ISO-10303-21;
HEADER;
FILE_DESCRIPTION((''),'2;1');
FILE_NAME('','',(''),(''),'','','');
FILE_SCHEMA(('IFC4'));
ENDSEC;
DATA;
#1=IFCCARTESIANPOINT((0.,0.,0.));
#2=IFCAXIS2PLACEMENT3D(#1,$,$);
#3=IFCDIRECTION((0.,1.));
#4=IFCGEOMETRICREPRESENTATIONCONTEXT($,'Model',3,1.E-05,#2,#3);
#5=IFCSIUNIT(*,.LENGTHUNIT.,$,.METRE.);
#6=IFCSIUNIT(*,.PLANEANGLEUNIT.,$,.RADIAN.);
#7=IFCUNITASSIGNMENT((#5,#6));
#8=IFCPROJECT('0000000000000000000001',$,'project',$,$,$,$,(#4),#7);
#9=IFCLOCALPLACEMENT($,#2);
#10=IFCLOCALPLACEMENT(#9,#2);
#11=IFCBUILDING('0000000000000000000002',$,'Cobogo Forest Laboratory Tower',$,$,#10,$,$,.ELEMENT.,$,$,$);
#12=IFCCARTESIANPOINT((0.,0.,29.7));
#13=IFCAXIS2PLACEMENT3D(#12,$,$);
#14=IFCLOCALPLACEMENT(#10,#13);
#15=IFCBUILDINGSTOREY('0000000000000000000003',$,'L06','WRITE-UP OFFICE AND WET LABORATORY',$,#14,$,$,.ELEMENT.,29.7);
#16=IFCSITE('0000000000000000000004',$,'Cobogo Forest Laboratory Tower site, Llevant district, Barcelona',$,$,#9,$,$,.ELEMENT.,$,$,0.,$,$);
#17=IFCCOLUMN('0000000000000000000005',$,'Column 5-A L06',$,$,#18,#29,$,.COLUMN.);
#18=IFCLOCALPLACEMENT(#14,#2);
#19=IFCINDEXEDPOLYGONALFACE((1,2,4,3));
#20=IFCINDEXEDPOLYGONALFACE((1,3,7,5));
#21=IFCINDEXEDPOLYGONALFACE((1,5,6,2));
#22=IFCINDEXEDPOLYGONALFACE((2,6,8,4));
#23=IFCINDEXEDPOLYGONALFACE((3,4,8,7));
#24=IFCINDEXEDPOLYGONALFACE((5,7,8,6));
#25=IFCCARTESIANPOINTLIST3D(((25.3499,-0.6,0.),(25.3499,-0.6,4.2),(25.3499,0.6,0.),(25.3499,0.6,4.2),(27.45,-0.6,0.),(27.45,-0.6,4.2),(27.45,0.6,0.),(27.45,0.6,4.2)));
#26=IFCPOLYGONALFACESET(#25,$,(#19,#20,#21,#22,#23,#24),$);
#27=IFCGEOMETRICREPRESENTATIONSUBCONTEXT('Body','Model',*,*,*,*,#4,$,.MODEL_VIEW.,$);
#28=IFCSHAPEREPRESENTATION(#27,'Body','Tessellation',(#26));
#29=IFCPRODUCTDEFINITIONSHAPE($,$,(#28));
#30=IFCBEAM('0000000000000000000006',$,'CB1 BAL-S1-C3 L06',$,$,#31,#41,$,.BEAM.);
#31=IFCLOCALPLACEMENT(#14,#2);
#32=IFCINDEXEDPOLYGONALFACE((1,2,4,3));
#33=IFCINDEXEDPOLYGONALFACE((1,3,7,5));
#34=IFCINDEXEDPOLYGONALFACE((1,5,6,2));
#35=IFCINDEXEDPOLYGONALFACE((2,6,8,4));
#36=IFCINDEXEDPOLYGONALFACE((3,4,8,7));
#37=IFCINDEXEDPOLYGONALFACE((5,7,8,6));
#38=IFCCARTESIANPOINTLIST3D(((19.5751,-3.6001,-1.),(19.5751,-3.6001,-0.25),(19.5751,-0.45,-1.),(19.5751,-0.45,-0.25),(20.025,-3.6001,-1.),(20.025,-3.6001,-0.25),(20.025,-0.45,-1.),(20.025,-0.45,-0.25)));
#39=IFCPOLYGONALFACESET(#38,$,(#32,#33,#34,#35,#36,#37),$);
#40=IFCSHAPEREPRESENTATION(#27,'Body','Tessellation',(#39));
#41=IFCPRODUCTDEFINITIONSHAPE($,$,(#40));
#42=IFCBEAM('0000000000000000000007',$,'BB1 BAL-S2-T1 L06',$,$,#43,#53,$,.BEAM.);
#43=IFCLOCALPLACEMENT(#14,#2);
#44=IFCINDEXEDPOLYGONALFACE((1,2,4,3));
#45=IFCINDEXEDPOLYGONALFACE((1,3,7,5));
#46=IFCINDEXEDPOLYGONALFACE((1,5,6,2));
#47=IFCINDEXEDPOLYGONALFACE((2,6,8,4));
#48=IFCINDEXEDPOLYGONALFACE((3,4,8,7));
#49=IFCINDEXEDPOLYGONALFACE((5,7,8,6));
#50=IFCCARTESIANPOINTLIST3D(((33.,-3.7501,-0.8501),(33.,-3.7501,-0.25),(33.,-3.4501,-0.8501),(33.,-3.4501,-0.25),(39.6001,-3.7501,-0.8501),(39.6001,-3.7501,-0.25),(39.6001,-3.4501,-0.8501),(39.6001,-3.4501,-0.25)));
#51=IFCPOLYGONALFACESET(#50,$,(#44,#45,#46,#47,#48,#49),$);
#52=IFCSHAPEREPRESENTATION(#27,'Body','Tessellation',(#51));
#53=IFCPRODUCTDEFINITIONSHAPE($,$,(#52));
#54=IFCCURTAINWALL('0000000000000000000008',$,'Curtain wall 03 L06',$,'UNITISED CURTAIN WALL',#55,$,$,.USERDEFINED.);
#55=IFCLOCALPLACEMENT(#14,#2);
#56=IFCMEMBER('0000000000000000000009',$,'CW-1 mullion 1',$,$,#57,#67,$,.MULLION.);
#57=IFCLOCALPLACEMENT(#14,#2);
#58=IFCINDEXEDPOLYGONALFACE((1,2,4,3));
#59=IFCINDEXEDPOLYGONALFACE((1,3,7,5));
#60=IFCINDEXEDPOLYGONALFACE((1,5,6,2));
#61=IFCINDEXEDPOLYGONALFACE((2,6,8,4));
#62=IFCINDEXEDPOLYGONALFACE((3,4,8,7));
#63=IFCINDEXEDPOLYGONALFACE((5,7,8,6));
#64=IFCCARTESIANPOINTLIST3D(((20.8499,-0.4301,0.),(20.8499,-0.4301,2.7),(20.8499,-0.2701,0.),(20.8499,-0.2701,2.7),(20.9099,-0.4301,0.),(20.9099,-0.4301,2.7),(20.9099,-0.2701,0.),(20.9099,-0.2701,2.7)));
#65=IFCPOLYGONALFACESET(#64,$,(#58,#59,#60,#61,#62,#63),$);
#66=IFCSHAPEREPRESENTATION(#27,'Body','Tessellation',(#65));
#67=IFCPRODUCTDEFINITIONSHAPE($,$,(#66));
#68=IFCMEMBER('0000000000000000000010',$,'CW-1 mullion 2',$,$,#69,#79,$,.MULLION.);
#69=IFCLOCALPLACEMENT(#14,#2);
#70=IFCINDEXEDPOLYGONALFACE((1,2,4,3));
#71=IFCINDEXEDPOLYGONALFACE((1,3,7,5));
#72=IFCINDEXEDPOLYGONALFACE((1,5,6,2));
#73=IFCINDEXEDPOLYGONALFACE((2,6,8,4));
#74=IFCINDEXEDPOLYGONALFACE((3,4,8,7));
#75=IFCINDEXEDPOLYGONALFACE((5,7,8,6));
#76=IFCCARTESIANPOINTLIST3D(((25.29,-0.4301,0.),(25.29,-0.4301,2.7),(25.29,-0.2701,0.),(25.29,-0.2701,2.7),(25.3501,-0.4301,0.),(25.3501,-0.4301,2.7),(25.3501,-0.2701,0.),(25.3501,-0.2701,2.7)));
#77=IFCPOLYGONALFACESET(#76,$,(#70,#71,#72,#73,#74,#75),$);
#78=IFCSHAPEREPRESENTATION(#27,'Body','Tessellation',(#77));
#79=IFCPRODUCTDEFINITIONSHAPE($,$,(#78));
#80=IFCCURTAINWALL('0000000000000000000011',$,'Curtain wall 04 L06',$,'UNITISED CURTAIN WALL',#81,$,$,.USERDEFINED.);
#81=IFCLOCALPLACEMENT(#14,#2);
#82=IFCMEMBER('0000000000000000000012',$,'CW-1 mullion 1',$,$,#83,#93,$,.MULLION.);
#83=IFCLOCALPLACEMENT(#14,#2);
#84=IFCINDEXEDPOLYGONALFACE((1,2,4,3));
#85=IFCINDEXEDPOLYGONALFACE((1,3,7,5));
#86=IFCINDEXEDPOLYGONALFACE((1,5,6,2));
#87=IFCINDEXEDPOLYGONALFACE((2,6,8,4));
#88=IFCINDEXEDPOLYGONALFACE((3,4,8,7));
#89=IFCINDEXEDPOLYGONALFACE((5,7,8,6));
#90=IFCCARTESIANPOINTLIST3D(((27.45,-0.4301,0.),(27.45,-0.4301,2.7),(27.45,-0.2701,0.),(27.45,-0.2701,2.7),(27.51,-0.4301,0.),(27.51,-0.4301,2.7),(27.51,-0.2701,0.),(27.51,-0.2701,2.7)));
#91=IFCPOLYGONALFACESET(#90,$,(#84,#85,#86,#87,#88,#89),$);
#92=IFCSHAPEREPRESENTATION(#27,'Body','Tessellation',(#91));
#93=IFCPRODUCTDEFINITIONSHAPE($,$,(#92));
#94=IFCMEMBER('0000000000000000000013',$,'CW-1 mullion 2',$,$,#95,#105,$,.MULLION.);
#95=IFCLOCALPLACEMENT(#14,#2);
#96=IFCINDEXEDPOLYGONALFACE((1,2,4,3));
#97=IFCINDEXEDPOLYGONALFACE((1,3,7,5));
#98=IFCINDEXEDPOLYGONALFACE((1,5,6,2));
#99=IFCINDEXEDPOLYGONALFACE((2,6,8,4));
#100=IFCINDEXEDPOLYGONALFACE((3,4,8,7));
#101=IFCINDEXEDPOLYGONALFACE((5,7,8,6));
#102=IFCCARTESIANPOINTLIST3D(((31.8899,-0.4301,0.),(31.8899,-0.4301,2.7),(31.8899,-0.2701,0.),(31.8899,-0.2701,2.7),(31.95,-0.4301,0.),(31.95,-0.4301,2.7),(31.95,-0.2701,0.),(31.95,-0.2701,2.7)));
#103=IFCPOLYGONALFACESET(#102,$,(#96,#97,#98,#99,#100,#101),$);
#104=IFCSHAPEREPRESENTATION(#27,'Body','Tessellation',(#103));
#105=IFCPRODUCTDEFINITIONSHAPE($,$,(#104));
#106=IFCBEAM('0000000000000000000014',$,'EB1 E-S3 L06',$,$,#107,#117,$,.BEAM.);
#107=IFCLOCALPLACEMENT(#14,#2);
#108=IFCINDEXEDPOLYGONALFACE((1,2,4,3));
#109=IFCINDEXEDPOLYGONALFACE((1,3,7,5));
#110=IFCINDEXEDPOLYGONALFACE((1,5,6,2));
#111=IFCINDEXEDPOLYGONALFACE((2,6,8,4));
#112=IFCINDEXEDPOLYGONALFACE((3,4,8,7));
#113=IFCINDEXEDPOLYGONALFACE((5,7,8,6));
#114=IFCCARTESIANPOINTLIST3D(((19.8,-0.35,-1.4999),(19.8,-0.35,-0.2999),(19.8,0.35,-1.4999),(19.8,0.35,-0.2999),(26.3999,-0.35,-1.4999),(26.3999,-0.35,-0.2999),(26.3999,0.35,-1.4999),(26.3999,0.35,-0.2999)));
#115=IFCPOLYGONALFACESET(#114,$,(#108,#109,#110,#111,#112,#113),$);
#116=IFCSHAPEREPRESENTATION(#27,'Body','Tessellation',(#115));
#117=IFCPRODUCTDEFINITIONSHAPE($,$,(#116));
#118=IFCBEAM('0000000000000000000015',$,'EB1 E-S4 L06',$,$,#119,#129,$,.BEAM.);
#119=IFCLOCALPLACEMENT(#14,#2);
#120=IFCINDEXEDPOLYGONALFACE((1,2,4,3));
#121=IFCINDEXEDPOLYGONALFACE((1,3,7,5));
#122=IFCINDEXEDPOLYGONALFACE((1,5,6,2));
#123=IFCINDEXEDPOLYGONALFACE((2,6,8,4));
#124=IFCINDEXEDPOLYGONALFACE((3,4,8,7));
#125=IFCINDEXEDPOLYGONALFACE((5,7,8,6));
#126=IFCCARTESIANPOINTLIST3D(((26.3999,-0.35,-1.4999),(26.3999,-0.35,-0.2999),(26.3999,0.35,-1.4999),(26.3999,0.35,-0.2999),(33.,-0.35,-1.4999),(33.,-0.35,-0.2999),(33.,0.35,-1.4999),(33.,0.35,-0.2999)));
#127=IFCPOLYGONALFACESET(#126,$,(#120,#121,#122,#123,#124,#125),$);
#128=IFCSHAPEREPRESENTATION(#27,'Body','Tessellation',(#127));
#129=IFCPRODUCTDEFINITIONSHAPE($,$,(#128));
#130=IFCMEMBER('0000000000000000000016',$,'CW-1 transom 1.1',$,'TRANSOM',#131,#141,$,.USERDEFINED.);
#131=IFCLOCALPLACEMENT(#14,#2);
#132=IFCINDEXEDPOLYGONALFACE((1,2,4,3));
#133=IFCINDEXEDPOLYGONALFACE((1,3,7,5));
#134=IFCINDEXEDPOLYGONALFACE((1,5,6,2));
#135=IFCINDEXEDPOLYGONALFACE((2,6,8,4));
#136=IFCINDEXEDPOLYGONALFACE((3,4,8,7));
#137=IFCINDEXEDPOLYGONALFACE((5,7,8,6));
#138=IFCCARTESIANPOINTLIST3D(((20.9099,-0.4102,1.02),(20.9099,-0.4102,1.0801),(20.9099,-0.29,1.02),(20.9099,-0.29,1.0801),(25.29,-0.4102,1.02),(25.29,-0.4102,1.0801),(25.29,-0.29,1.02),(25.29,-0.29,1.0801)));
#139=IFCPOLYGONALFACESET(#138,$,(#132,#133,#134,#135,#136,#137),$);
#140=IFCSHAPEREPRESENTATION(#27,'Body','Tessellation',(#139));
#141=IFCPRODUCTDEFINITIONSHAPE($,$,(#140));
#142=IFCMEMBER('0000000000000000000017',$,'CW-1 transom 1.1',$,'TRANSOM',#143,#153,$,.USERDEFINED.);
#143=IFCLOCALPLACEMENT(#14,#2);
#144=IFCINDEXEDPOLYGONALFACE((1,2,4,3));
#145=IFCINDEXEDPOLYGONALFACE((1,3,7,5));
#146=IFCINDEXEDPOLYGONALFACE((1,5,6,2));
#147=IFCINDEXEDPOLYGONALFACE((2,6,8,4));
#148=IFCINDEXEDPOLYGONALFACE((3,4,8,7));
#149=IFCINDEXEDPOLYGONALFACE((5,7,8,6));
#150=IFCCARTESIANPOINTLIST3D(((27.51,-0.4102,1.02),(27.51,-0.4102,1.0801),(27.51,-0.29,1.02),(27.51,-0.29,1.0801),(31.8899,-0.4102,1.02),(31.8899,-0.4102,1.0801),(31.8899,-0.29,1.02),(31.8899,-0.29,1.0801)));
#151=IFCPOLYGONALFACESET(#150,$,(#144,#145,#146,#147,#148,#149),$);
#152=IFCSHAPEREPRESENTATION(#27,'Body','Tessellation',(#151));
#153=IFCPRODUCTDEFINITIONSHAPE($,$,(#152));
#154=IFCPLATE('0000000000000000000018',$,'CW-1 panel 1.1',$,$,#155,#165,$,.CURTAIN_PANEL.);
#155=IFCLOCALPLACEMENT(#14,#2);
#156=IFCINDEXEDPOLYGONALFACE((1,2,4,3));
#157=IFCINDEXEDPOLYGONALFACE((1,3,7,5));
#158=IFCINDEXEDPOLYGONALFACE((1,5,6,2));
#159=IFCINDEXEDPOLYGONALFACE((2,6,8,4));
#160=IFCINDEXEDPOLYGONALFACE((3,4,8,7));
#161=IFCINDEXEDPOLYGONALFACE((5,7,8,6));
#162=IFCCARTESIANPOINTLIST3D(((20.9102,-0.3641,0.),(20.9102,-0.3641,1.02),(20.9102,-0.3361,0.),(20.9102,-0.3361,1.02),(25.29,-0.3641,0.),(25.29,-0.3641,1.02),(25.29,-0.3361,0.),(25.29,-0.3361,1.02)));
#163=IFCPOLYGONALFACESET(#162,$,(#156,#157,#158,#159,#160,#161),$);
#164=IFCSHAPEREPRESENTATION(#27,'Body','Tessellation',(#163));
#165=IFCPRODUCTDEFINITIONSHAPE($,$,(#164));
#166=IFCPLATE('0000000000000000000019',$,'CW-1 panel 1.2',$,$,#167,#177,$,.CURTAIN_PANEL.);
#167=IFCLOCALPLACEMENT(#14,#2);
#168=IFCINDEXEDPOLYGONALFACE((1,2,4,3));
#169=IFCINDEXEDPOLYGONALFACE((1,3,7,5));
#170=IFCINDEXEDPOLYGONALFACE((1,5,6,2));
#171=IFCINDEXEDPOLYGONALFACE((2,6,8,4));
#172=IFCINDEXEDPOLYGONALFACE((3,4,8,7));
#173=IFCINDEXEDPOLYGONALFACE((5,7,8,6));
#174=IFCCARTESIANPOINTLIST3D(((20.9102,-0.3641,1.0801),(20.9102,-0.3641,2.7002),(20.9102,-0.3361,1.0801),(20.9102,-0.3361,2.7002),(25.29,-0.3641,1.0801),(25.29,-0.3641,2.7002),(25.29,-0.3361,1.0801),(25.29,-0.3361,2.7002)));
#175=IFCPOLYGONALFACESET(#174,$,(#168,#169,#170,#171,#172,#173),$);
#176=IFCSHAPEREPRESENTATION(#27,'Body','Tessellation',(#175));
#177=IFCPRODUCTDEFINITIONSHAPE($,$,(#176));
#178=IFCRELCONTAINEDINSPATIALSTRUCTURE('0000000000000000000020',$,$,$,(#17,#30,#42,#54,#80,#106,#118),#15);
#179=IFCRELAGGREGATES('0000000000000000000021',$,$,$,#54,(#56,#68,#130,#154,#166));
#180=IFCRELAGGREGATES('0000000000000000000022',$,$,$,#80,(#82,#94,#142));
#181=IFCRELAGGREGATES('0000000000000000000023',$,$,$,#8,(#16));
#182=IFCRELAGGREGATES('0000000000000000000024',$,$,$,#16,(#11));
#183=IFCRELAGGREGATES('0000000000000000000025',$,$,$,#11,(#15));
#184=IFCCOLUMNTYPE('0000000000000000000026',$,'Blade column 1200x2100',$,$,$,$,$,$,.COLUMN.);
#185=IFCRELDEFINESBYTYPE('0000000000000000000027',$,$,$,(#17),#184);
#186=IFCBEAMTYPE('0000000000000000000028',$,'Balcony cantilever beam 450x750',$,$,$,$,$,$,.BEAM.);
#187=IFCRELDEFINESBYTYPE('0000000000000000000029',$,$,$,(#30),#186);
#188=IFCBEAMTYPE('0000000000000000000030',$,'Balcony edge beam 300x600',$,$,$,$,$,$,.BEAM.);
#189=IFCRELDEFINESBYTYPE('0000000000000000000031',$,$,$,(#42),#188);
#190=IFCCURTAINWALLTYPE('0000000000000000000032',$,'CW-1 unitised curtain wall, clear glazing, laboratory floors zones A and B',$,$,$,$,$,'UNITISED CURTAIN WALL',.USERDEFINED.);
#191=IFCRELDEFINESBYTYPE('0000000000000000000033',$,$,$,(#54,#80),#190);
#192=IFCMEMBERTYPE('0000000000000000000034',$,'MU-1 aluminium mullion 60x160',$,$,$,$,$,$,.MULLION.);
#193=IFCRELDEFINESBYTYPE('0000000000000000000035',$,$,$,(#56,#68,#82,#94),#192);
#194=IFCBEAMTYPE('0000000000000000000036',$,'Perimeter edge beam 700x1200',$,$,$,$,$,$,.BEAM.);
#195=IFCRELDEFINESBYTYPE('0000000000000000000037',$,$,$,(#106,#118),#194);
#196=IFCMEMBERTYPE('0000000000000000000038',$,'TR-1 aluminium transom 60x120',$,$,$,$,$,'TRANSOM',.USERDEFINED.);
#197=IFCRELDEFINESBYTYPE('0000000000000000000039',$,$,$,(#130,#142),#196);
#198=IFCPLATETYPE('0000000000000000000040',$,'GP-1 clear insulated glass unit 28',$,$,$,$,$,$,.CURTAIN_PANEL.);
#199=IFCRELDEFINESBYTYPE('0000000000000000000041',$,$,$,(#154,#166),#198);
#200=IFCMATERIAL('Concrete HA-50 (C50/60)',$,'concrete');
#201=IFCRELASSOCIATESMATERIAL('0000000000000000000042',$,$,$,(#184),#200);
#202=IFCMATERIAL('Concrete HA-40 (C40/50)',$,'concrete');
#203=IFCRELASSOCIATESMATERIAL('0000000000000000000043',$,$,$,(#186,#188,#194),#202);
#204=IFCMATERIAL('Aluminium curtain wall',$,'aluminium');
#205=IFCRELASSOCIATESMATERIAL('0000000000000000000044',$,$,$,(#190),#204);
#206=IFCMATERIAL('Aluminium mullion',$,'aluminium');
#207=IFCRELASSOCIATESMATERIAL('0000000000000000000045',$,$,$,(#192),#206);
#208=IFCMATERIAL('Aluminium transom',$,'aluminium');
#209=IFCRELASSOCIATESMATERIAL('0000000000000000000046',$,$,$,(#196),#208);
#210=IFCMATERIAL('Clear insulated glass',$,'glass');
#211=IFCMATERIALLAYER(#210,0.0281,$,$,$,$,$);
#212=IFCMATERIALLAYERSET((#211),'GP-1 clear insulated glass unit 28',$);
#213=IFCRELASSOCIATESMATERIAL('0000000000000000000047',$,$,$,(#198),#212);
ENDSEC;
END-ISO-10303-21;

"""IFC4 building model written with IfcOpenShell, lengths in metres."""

from ifc_helpers import new_model, si_unit, direction, frame, origin, origin_2d, place, context, subcontext, project, spatial, rectangle, extrude, material, layer, layer_set, material_profile, profile_set, type_object, element, aggregate, save


model = new_model("IFC4")

# Units and contexts
model_context = context("Model", 3, precision=1e-05, world=origin(), true_north=direction((0.0, 1.0)))
body_context = subcontext(model_context, "Body", "Model", "MODEL_VIEW")
ifc_project = project(units=[si_unit("LENGTHUNIT", "METRE"), si_unit("PLANEANGLEUNIT", "RADIAN")], contexts=[model_context])

# Site, building, storey
site_placement = place(None, origin())
site = spatial("IfcSite", under=ifc_project, at=site_placement, Name="Cobogo Forest Laboratory Tower site, Llevant district, Barcelona", CompositionType="ELEMENT", RefElevation=0.0)
building_placement = place(site_placement, origin())
building = spatial("IfcBuilding", under=site, at=building_placement, Name="Cobogo Forest Laboratory Tower", CompositionType="ELEMENT")
storey_placement = place(building_placement, frame((0.0, 0.0, 29.7)))
storey = spatial("IfcBuildingStorey", under=building, at=storey_placement, Name="L06", Description="WRITE-UP OFFICE AND WET LABORATORY", CompositionType="ELEMENT", Elevation=29.7)

# Column
ifc_material_1 = material(Name="Concrete HA-50 (C50/60)", Category="concrete")
ifc_material_profile_1 = material_profile(ifc_material_1, rectangle(XDim=2.1001, YDim=1.2, at=origin_2d()), Name="RC 1200x2100")
ifc_profile_set_1 = profile_set([ifc_material_profile_1], Name="Concrete HA-50 (C50/60)")
column_type = type_object("IfcColumnType", Name="Blade column 1200x2100", PredefinedType="COLUMN", material=ifc_profile_set_1)
column_placement = place(storey_placement, frame((26.3999, 0.0, 0.0), z_axis=(0.0, 0.0, 1.0), x_axis=(1.0, 0.0, 0.0)))
element("IfcColumn", 1, at=column_placement, inside=storey, type_object=column_type, Name="Column 5-A L06", PredefinedType="COLUMN", context=body_context, shape_type="SweptSolid", body=[
    extrude(rectangle(XDim=2.1001, YDim=1.2, at=origin_2d()), origin(), (0.0, 0.0, 1.0), 4.2),
])

# Beams
ifc_material_2 = material(Name="Concrete HA-40 (C40/50)", Category="concrete")
ifc_material_profile_2 = material_profile(ifc_material_2, rectangle(XDim=0.45, YDim=0.75, at=origin_2d()), Name="RC 450x750")
ifc_profile_set_2 = profile_set([ifc_material_profile_2], Name="Concrete HA-40 (C40/50)")
beam_type_1 = type_object("IfcBeamType", Name="Balcony cantilever beam 450x750", PredefinedType="BEAM", material=ifc_profile_set_2)
beam_1_placement = place(storey_placement, frame((19.8, -0.45, -0.625), z_axis=(0.0, -1.0, 0.0), x_axis=(1.0, 0.0, 0.0)))
element("IfcBeam", 2, at=beam_1_placement, inside=storey, type_object=beam_type_1, Name="CB1 BAL-S1-C3 L06", PredefinedType="BEAM", context=body_context, shape_type="SweptSolid", body=[
    extrude(rectangle(XDim=0.45, YDim=0.75, at=origin_2d()), origin(), (0.0, 0.0, 1.0), 3.1501),
])
ifc_material_profile_3 = material_profile(ifc_material_2, rectangle(XDim=0.3, YDim=0.6001, at=origin_2d()), Name="RC 300x600")
ifc_profile_set_3 = profile_set([ifc_material_profile_3], Name="Concrete HA-40 (C40/50)")
beam_type_2 = type_object("IfcBeamType", Name="Balcony edge beam 300x600", PredefinedType="BEAM", material=ifc_profile_set_3)
beam_2_placement = place(storey_placement, frame((33.0, -3.6001, -0.55), z_axis=(1.0, 0.0, 0.0), x_axis=(0.0, 1.0, 0.0)))
element("IfcBeam", 3, at=beam_2_placement, inside=storey, type_object=beam_type_2, Name="BB1 BAL-S2-T1 L06", PredefinedType="BEAM", context=body_context, shape_type="SweptSolid", body=[
    extrude(rectangle(XDim=0.3, YDim=0.6001, at=origin_2d()), origin(), (0.0, 0.0, 1.0), 6.6001),
])

# Curtain walls, members
ifc_material_3 = material(Name="Aluminium curtain wall", Category="aluminium")
curtain_wall_type = type_object("IfcCurtainWallType", Name="CW-1 unitised curtain wall, clear glazing, laboratory floors zones A and B", ElementType="UNITISED CURTAIN WALL", PredefinedType="USERDEFINED", material=ifc_material_3)
curtain_wall_1_placement = place(storey_placement, origin())
curtain_wall_1 = element("IfcCurtainWall", 4, at=curtain_wall_1_placement, inside=storey, type_object=curtain_wall_type, Name="Curtain wall 03 L06", ObjectType="UNITISED CURTAIN WALL", PredefinedType="USERDEFINED")
ifc_material_4 = material(Name="Aluminium mullion", Category="aluminium")
ifc_material_profile_4 = material_profile(ifc_material_4, rectangle(XDim=0.0601, YDim=0.1599, at=origin_2d()), Name="AL 60x160")
ifc_profile_set_4 = profile_set([ifc_material_profile_4], Name="Aluminium mullion")
member_type_1 = type_object("IfcMemberType", Name="MU-1 aluminium mullion 60x160", PredefinedType="MULLION", material=ifc_profile_set_4)
member_1_placement = place(storey_placement, frame((20.8799, -0.3501, 0.0), z_axis=(0.0, 0.0, 1.0), x_axis=(1.0, 0.0, 0.0)))
member_1 = element("IfcMember", 5, at=member_1_placement, type_object=member_type_1, Name="CW-1 mullion 1", PredefinedType="MULLION", context=body_context, shape_type="SweptSolid", body=[
    extrude(rectangle(XDim=0.0601, YDim=0.1599, at=origin_2d()), origin(), (0.0, 0.0, 1.0), 2.7),
])
member_2_placement = place(storey_placement, frame((25.3201, -0.3501, 0.0), z_axis=(0.0, 0.0, 1.0), x_axis=(1.0, 0.0, 0.0)))
member_2 = element("IfcMember", 6, at=member_2_placement, type_object=member_type_1, Name="CW-1 mullion 2", PredefinedType="MULLION", context=body_context, shape_type="SweptSolid", body=[
    extrude(rectangle(XDim=0.0601, YDim=0.1599, at=origin_2d()), origin(), (0.0, 0.0, 1.0), 2.7),
])
curtain_wall_2_placement = place(storey_placement, origin())
curtain_wall_2 = element("IfcCurtainWall", 7, at=curtain_wall_2_placement, inside=storey, type_object=curtain_wall_type, Name="Curtain wall 04 L06", ObjectType="UNITISED CURTAIN WALL", PredefinedType="USERDEFINED")
member_3_placement = place(storey_placement, frame((27.48, -0.3501, 0.0), z_axis=(0.0, 0.0, 1.0), x_axis=(1.0, 0.0, 0.0)))
member_3 = element("IfcMember", 8, at=member_3_placement, type_object=member_type_1, Name="CW-1 mullion 1", PredefinedType="MULLION", context=body_context, shape_type="SweptSolid", body=[
    extrude(rectangle(XDim=0.0601, YDim=0.1599, at=origin_2d()), origin(), (0.0, 0.0, 1.0), 2.7),
])
member_4_placement = place(storey_placement, frame((31.9199, -0.3501, 0.0), z_axis=(0.0, 0.0, 1.0), x_axis=(1.0, 0.0, 0.0)))
member_4 = element("IfcMember", 9, at=member_4_placement, type_object=member_type_1, Name="CW-1 mullion 2", PredefinedType="MULLION", context=body_context, shape_type="SweptSolid", body=[
    extrude(rectangle(XDim=0.0601, YDim=0.1599, at=origin_2d()), origin(), (0.0, 0.0, 1.0), 2.7),
])

# Beams
ifc_material_profile_5 = material_profile(ifc_material_2, rectangle(XDim=0.7, YDim=1.2, at=origin_2d()), Name="RC 700x1200")
ifc_profile_set_5 = profile_set([ifc_material_profile_5], Name="Concrete HA-40 (C40/50)")
beam_type_3 = type_object("IfcBeamType", Name="Perimeter edge beam 700x1200", PredefinedType="BEAM", material=ifc_profile_set_5)
beam_3_placement = place(storey_placement, frame((19.8, 0.0, -0.8999), z_axis=(1.0, 0.0, 0.0), x_axis=(0.0, 1.0, 0.0)))
element("IfcBeam", 10, at=beam_3_placement, inside=storey, type_object=beam_type_3, Name="EB1 E-S3 L06", PredefinedType="BEAM", context=body_context, shape_type="SweptSolid", body=[
    extrude(rectangle(XDim=0.7, YDim=1.2, at=origin_2d()), origin(), (0.0, 0.0, 1.0), 6.5999),
])
beam_4_placement = place(storey_placement, frame((26.3999, 0.0, -0.8999), z_axis=(1.0, 0.0, 0.0), x_axis=(0.0, 1.0, 0.0)))
element("IfcBeam", 11, at=beam_4_placement, inside=storey, type_object=beam_type_3, Name="EB1 E-S4 L06", PredefinedType="BEAM", context=body_context, shape_type="SweptSolid", body=[
    extrude(rectangle(XDim=0.7, YDim=1.2, at=origin_2d()), origin(), (0.0, 0.0, 1.0), 6.6001),
])

# Members
ifc_material_5 = material(Name="Aluminium transom", Category="aluminium")
ifc_material_profile_6 = material_profile(ifc_material_5, rectangle(XDim=0.1201, YDim=0.0601, at=origin_2d()), Name="AL 60x120")
ifc_profile_set_6 = profile_set([ifc_material_profile_6], Name="Aluminium transom")
member_type_2 = type_object("IfcMemberType", Name="TR-1 aluminium transom 60x120", ElementType="TRANSOM", PredefinedType="USERDEFINED", material=ifc_profile_set_6)
member_5_placement = place(storey_placement, frame((20.9099, -0.3501, 1.05), z_axis=(1.0, 0.0, 0.0), x_axis=(0.0, 1.0, 0.0)))
member_5 = element("IfcMember", 12, at=member_5_placement, type_object=member_type_2, Name="CW-1 transom 1.1", ObjectType="TRANSOM", PredefinedType="USERDEFINED", context=body_context, shape_type="SweptSolid", body=[
    extrude(rectangle(XDim=0.1201, YDim=0.0601, at=origin_2d()), origin(), (0.0, 0.0, 1.0), 4.3801),
])
member_6_placement = place(storey_placement, frame((27.51, -0.3501, 1.05), z_axis=(1.0, 0.0, 0.0), x_axis=(0.0, 1.0, 0.0)))
member_6 = element("IfcMember", 13, at=member_6_placement, type_object=member_type_2, Name="CW-1 transom 1.1", ObjectType="TRANSOM", PredefinedType="USERDEFINED", context=body_context, shape_type="SweptSolid", body=[
    extrude(rectangle(XDim=0.1201, YDim=0.0601, at=origin_2d()), origin(), (0.0, 0.0, 1.0), 4.3799),
])

# Plates
ifc_material_6 = material(Name="Clear insulated glass", Category="glass")
ifc_layer_1 = layer(ifc_material_6, 0.0281)
ifc_layer_set_1 = layer_set([ifc_layer_1], Name="GP-1 clear insulated glass unit 28")
plate_type_1 = type_object("IfcPlateType", Name="GP-1 clear insulated glass unit 28", PredefinedType="CURTAIN_PANEL", material=ifc_layer_set_1)
plate_1_placement = place(storey_placement, frame((23.1001, -0.3501, 0.0), z_axis=(0.0, 0.0, 1.0), x_axis=(1.0, 0.0, 0.0)))
plate_1 = element("IfcPlate", 14, at=plate_1_placement, type_object=plate_type_1, Name="CW-1 panel 1.1", PredefinedType="CURTAIN_PANEL", context=body_context, shape_type="SweptSolid", body=[
    extrude(rectangle(XDim=4.3799, YDim=0.0281, at=origin_2d()), origin(), (0.0, 0.0, 1.0), 1.02),
])
plate_2_placement = place(storey_placement, frame((23.1001, -0.3501, 1.0801), z_axis=(0.0, 0.0, 1.0), x_axis=(1.0, 0.0, 0.0)))
plate_2 = element("IfcPlate", 15, at=plate_2_placement, type_object=plate_type_1, Name="CW-1 panel 1.2", PredefinedType="CURTAIN_PANEL", context=body_context, shape_type="SweptSolid", body=[
    extrude(rectangle(XDim=4.3799, YDim=0.0281, at=origin_2d()), origin(), (0.0, 0.0, 1.0), 1.6201),
])
aggregate(curtain_wall_1, [member_1, member_2, member_5, plate_1, plate_2])
aggregate(curtain_wall_2, [member_3, member_4, member_6])

save(model, "model.ifc")
